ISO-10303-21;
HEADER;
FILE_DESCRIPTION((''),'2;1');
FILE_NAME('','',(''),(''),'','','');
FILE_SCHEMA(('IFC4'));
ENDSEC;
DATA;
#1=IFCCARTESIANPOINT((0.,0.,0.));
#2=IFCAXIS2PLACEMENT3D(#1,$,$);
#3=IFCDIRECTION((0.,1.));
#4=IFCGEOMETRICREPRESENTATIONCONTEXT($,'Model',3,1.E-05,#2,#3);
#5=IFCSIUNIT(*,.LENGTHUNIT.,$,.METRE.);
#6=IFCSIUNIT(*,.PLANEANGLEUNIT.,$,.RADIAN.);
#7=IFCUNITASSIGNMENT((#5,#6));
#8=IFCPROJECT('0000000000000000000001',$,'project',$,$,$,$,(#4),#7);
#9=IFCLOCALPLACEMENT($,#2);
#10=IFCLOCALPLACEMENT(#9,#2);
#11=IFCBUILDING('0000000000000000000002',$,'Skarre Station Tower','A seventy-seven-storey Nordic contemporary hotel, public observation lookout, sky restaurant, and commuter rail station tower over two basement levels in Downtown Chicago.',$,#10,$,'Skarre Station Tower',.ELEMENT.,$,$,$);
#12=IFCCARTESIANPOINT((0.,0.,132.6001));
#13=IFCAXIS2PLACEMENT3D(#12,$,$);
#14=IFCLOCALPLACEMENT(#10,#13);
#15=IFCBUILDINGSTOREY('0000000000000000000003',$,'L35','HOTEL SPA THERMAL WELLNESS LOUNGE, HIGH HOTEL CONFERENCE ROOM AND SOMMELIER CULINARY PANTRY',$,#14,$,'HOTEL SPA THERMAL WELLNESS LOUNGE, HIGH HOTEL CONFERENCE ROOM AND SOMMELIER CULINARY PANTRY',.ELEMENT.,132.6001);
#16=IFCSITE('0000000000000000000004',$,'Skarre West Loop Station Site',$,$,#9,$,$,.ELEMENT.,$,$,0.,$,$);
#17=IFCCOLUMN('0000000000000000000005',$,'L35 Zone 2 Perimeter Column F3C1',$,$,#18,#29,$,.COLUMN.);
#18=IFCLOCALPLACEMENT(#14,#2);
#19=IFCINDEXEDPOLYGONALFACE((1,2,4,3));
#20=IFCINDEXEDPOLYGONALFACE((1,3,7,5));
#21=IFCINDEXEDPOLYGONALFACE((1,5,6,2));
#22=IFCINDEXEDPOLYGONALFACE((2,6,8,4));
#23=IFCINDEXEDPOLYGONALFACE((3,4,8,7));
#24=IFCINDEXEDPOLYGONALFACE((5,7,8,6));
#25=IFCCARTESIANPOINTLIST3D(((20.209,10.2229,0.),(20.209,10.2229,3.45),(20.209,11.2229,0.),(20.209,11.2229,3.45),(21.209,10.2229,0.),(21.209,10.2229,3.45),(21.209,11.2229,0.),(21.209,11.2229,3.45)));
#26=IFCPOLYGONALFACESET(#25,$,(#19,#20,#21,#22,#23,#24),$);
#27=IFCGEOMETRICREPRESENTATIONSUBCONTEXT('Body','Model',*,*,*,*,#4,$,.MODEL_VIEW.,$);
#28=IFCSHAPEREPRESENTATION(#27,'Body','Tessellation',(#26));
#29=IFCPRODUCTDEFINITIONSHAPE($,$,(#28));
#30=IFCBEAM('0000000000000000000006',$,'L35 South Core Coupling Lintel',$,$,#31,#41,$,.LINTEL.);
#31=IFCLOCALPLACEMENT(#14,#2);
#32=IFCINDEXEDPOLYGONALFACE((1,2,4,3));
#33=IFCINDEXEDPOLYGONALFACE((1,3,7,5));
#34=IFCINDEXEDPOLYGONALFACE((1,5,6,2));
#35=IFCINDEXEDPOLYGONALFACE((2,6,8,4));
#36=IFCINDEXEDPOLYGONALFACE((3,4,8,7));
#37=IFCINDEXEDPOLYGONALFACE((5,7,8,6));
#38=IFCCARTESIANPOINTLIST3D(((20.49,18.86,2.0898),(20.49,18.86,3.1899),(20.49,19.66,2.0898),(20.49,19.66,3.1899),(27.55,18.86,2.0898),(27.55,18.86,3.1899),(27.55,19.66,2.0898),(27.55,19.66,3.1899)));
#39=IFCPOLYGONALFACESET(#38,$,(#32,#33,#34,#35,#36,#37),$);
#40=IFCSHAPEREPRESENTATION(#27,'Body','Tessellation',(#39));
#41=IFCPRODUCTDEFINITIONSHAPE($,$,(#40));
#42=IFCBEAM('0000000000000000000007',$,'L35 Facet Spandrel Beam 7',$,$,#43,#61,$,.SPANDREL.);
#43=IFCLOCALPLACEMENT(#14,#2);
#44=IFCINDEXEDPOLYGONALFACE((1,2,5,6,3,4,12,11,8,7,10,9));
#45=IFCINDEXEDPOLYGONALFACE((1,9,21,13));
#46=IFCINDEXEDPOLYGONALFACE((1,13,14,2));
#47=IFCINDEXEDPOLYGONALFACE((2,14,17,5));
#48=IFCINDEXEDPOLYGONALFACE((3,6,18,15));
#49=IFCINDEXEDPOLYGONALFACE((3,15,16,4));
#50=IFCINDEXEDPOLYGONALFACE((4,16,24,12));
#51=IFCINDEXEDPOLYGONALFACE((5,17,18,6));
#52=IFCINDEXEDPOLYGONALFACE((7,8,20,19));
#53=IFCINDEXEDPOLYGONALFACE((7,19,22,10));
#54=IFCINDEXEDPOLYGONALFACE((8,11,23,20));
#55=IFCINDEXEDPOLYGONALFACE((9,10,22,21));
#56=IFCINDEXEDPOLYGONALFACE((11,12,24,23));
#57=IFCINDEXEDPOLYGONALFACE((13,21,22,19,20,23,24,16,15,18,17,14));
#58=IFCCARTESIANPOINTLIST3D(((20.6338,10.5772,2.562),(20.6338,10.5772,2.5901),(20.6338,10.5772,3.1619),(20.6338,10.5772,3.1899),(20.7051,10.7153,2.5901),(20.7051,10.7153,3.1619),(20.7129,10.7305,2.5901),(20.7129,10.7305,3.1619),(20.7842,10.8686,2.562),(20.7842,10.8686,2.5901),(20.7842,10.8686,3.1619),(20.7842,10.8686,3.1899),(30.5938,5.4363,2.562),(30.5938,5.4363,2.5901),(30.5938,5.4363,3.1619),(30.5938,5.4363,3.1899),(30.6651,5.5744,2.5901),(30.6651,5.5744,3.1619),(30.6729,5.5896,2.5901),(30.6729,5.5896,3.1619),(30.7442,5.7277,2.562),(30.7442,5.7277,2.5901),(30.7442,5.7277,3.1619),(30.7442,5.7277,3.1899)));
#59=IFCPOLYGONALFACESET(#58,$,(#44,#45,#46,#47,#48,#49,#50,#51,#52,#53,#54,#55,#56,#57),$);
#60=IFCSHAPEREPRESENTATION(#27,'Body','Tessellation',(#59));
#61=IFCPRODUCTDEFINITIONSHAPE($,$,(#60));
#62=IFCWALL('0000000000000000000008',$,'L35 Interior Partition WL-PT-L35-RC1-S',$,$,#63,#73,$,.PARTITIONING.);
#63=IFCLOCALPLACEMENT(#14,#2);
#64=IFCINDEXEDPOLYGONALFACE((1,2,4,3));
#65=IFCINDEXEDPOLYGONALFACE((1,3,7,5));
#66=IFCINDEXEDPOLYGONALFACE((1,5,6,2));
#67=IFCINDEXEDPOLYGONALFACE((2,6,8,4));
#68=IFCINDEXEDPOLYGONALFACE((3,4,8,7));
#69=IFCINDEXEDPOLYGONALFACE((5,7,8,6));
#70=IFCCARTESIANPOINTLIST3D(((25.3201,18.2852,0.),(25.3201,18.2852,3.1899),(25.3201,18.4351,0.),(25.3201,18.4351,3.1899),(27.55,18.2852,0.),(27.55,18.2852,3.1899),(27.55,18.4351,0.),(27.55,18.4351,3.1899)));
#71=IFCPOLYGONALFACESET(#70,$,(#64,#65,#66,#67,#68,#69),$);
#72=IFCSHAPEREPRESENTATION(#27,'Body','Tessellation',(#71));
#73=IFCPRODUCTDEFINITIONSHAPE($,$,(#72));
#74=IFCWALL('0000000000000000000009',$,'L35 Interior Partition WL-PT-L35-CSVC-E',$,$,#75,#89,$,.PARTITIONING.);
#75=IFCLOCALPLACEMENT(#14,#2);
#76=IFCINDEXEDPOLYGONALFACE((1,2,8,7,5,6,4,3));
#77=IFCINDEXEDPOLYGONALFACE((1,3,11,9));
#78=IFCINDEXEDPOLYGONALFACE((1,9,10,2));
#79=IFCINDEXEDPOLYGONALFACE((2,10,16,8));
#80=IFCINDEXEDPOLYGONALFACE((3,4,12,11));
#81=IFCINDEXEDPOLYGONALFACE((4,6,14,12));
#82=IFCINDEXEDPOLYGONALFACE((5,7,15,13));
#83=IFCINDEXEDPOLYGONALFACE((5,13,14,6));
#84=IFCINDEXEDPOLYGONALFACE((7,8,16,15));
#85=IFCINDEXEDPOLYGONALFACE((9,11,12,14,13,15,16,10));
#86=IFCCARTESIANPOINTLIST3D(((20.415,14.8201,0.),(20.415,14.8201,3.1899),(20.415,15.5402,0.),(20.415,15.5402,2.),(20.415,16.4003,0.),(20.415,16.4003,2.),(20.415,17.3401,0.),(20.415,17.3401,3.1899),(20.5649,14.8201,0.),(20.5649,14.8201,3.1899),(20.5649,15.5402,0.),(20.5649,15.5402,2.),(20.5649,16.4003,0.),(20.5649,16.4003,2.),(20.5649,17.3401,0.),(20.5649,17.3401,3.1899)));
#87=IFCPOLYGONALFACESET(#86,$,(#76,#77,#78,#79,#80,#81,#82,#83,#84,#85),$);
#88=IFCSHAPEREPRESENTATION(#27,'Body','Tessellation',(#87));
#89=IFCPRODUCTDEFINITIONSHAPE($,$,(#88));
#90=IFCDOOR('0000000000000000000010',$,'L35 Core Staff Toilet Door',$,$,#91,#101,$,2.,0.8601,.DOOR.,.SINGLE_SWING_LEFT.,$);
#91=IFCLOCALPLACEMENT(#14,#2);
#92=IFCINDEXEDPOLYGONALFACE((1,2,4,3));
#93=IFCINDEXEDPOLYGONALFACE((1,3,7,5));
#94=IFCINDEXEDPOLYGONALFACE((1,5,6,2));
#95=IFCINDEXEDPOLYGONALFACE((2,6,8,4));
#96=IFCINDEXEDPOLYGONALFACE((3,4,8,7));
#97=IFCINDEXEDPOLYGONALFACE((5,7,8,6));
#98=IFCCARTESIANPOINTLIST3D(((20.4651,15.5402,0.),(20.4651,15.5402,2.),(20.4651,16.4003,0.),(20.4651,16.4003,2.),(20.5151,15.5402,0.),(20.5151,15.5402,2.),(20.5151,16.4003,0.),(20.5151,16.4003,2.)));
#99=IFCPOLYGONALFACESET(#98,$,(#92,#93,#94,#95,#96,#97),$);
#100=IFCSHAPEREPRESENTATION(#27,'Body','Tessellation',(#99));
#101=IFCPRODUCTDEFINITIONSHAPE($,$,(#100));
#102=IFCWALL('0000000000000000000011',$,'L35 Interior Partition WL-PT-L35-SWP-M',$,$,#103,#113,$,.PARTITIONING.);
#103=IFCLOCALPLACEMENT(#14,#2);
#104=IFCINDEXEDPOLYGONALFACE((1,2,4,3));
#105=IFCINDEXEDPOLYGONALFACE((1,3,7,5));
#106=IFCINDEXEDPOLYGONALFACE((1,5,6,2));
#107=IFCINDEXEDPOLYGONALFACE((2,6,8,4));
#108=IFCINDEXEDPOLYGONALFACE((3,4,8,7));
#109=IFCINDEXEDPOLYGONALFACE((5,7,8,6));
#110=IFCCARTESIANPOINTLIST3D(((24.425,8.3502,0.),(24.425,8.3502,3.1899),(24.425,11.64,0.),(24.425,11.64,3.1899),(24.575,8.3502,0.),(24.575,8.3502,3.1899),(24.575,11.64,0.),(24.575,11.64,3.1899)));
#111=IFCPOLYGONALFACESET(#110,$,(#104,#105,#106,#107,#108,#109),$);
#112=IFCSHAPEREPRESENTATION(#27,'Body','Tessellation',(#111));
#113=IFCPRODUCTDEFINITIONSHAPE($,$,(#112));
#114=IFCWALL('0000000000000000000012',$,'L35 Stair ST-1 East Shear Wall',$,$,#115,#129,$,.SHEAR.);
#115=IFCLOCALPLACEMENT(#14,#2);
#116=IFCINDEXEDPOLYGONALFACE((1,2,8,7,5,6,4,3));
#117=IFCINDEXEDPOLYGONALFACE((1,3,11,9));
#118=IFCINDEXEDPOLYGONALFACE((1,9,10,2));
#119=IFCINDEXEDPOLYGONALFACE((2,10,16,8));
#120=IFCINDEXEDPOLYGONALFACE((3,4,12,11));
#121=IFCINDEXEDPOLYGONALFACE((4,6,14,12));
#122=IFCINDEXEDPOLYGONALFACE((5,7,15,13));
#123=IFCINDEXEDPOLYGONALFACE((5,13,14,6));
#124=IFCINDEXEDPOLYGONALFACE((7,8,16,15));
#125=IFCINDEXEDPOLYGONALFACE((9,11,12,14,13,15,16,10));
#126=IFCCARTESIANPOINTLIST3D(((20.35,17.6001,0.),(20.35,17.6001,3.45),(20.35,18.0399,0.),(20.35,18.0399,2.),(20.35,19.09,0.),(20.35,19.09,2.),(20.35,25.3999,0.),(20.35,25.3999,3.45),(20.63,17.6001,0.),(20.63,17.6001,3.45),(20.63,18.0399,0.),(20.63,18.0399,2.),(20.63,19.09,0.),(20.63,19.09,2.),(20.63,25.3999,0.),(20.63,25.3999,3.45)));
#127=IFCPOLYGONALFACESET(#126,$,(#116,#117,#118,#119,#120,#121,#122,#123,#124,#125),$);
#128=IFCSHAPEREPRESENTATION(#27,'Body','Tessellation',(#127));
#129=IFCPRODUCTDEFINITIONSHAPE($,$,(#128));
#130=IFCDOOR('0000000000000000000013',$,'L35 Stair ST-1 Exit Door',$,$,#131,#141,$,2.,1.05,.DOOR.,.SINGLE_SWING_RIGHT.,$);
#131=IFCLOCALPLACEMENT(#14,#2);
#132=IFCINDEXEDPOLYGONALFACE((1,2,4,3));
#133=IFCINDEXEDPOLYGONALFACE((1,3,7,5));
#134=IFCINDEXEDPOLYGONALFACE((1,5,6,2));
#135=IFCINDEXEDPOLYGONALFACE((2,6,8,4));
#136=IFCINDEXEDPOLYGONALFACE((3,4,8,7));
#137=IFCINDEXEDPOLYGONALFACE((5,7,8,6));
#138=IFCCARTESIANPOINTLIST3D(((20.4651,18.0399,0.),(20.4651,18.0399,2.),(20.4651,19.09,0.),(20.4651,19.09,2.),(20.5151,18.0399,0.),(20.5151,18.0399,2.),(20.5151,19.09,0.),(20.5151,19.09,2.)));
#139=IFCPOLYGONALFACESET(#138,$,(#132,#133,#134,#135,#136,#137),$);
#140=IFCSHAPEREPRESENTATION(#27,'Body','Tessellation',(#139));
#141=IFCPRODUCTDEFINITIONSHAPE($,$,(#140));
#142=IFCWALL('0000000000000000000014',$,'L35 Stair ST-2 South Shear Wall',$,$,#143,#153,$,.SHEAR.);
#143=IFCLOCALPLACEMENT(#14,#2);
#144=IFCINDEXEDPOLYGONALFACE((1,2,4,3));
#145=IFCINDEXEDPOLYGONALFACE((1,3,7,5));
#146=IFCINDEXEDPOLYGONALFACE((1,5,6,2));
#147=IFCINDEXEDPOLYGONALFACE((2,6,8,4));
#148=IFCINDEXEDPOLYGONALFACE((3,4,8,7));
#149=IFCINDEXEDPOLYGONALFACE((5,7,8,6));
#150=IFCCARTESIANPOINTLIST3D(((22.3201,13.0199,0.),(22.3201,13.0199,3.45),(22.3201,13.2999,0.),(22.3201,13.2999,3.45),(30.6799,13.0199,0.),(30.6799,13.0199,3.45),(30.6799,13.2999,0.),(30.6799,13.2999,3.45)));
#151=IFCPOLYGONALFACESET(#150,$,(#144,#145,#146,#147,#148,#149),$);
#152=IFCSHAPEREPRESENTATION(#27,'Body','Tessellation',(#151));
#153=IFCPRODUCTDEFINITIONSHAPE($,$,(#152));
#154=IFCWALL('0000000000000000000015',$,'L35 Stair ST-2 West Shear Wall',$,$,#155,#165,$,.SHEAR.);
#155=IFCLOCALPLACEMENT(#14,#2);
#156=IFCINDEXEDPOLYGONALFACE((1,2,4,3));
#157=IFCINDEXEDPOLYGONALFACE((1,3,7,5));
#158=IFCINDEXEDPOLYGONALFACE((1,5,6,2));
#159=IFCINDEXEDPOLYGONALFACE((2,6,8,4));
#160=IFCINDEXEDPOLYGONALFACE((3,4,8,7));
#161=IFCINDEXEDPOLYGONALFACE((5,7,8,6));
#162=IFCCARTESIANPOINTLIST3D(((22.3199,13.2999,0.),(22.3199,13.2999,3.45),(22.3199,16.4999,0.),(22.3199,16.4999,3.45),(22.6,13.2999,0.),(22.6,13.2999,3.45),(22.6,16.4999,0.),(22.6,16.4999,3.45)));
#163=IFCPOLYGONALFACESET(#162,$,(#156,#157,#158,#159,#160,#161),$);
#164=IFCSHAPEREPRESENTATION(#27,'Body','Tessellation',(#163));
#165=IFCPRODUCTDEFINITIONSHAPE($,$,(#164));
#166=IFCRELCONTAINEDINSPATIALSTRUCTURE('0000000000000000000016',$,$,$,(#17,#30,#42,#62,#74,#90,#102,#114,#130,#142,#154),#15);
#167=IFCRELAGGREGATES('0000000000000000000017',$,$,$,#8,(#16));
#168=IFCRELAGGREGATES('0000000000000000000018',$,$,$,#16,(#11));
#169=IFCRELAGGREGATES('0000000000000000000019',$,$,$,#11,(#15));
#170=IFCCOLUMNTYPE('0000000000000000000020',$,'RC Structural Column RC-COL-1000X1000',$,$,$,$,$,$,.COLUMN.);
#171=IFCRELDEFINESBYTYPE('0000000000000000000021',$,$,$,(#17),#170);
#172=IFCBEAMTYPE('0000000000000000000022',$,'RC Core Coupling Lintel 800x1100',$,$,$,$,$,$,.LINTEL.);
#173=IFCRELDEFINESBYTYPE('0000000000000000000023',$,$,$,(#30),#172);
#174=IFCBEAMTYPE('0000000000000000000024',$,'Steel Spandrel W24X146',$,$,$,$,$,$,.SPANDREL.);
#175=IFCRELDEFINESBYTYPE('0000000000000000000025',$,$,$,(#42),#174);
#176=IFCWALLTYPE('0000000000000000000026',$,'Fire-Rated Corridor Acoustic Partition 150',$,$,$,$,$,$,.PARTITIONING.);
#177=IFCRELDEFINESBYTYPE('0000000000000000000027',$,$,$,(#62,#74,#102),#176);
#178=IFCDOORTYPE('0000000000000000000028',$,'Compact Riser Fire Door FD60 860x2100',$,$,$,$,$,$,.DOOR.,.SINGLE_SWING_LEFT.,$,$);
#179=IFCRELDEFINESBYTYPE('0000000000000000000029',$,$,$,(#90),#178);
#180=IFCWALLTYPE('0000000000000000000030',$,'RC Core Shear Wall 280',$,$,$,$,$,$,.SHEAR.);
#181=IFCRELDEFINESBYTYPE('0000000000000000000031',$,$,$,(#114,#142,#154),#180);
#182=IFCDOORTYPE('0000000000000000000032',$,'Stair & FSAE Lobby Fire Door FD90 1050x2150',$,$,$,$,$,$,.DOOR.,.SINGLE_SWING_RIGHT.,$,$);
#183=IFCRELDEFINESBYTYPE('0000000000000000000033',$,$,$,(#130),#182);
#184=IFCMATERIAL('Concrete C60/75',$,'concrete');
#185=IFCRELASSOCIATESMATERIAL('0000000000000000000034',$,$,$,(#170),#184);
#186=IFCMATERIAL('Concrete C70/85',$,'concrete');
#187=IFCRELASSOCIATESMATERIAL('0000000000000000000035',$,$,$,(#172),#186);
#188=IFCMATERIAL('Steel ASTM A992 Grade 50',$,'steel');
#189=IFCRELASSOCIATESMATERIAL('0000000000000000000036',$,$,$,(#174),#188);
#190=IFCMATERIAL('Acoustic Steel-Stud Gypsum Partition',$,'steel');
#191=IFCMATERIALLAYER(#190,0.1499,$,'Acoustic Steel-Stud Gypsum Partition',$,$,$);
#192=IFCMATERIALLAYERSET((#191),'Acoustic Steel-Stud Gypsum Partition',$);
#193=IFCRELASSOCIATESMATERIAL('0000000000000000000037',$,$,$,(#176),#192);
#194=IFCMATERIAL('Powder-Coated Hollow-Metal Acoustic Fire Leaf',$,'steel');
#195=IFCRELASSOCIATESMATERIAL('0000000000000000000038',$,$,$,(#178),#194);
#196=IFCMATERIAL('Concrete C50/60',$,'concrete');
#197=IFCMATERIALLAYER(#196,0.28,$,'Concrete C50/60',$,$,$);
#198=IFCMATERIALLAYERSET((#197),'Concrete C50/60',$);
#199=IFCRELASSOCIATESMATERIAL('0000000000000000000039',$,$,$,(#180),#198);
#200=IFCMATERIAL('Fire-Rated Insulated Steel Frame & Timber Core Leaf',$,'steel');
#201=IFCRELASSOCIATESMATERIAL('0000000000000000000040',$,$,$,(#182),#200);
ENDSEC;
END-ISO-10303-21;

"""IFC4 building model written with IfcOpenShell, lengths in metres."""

from ifc_helpers import new_model, si_unit, direction, frame, frame_2d, origin, origin_2d, place, context, subcontext, project, spatial, rectangle, i_section, extrude, material, layer, layer_set, material_profile, profile_set, type_object, element, fill, save


model = new_model("IFC4")

# Units and contexts
model_context = context("Model", 3, precision=1e-05, world=origin(), true_north=direction((0.0, 1.0)))
body_context = subcontext(model_context, "Body", "Model", "MODEL_VIEW")
ifc_project = project(units=[si_unit("LENGTHUNIT", "METRE"), si_unit("PLANEANGLEUNIT", "RADIAN")], contexts=[model_context])

# Site, building, storey
site_placement = place(None, origin())
site = spatial("IfcSite", under=ifc_project, at=site_placement, Name="Skarre West Loop Station Site", CompositionType="ELEMENT", RefElevation=0.0)
building_placement = place(site_placement, origin())
building = spatial("IfcBuilding", under=site, at=building_placement, Name="Skarre Station Tower", Description="A seventy-seven-storey Nordic contemporary hotel, public observation lookout, sky restaurant, and commuter rail station tower over two basement levels in Downtown Chicago.", LongName="Skarre Station Tower", CompositionType="ELEMENT")
storey_placement = place(building_placement, frame((0.0, 0.0, 132.6001)))
storey = spatial("IfcBuildingStorey", under=building, at=storey_placement, Name="L35", Description="HOTEL SPA THERMAL WELLNESS LOUNGE, HIGH HOTEL CONFERENCE ROOM AND SOMMELIER CULINARY PANTRY", LongName="HOTEL SPA THERMAL WELLNESS LOUNGE, HIGH HOTEL CONFERENCE ROOM AND SOMMELIER CULINARY PANTRY", CompositionType="ELEMENT", Elevation=132.6001)

# Column
ifc_material_1 = material(Name="Concrete C60/75", Category="concrete")
ifc_material_profile_1 = material_profile(ifc_material_1, rectangle(XDim=1.0, YDim=1.0, at=origin_2d()), Name="Concrete C60/75")
ifc_profile_set_1 = profile_set([ifc_material_profile_1], Name="Concrete C60/75")
column_type = type_object("IfcColumnType", Name="RC Structural Column RC-COL-1000X1000", PredefinedType="COLUMN", material=ifc_profile_set_1)
column_placement = place(storey_placement, frame((20.709, 10.7229, 0.0), z_axis=(0.0, 0.0, 1.0), x_axis=(1.0, 0.0, 0.0)))
element("IfcColumn", 1, at=column_placement, inside=storey, type_object=column_type, Name="L35 Zone 2 Perimeter Column F3C1", PredefinedType="COLUMN", context=body_context, shape_type="SweptSolid", body=[
    extrude(rectangle(XDim=1.0, YDim=1.0, at=origin_2d()), origin(), (0.0, 0.0, 1.0), 3.45),
])

# Beams
ifc_material_2 = material(Name="Concrete C70/85", Category="concrete")
ifc_material_profile_2 = material_profile(ifc_material_2, rectangle(XDim=0.8, YDim=1.1001, at=origin_2d()), Name="Concrete C70/85")
ifc_profile_set_2 = profile_set([ifc_material_profile_2], Name="Concrete C70/85")
beam_type_1 = type_object("IfcBeamType", Name="RC Core Coupling Lintel 800x1100", PredefinedType="LINTEL", material=ifc_profile_set_2)
beam_1_placement = place(storey_placement, frame((20.49, 19.26, 2.6399), z_axis=(1.0, 0.0, 0.0), x_axis=(0.0, 1.0, 0.0)))
element("IfcBeam", 2, at=beam_1_placement, inside=storey, type_object=beam_type_1, Name="L35 South Core Coupling Lintel", PredefinedType="LINTEL", context=body_context, shape_type="SweptSolid", body=[
    extrude(rectangle(XDim=0.8, YDim=1.1001, at=origin_2d()), origin(), (0.0, 0.0, 1.0), 7.0601),
])
ifc_material_3 = material(Name="Steel ASTM A992 Grade 50", Category="steel")
ifc_material_profile_3 = material_profile(ifc_material_3, i_section(OverallWidth=0.3279, OverallDepth=0.6279, WebThickness=0.0171, FlangeThickness=0.0281, at=origin_2d()), Name="Steel ASTM A992 Grade 50")
ifc_profile_set_3 = profile_set([ifc_material_profile_3], Name="Steel ASTM A992 Grade 50")
beam_type_2 = type_object("IfcBeamType", Name="Steel Spandrel W24X146", PredefinedType="SPANDREL", material=ifc_profile_set_3)
beam_2_placement = place(storey_placement, frame((20.709, 10.7229, 2.876), z_axis=(0.888612, -0.45866, 0.0), x_axis=(0.45866, 0.888612, 0.0)))
element("IfcBeam", 3, at=beam_2_placement, inside=storey, type_object=beam_type_2, Name="L35 Facet Spandrel Beam 7", PredefinedType="SPANDREL", context=body_context, shape_type="SweptSolid", body=[
    extrude(i_section(OverallWidth=0.3279, OverallDepth=0.6279, WebThickness=0.0171, FlangeThickness=0.0281, at=origin_2d()), origin(), (0.0, 0.0, 1.0), 11.2085),
])

# Wall
ifc_material_4 = material(Name="Acoustic Steel-Stud Gypsum Partition", Category="steel")
ifc_layer_1 = layer(ifc_material_4, 0.1499, Name="Acoustic Steel-Stud Gypsum Partition")
ifc_layer_set_1 = layer_set([ifc_layer_1], Name="Acoustic Steel-Stud Gypsum Partition")
wall_type_1 = type_object("IfcWallType", Name="Fire-Rated Corridor Acoustic Partition 150", PredefinedType="PARTITIONING", material=ifc_layer_set_1)
wall_1_placement = place(storey_placement, frame((25.3201, 18.3601, 0.0), z_axis=(0.0, 0.0, 1.0), x_axis=(1.0, 0.0, 0.0)))
element("IfcWall", 4, at=wall_1_placement, inside=storey, type_object=wall_type_1, Name="L35 Interior Partition WL-PT-L35-RC1-S", PredefinedType="PARTITIONING", context=body_context, shape_type="SweptSolid", body=[
    extrude(rectangle(XDim=2.23, YDim=0.1499, at=frame_2d((1.115, 0.0))), origin(), (0.0, 0.0, 1.0), 3.1899),
])

# Wall, opening, door
wall_2_placement = place(storey_placement, frame((20.49, 14.8201, 0.0), z_axis=(0.0, 0.0, 1.0), x_axis=(0.0, 1.0, 0.0)))
wall_2 = element("IfcWall", 5, at=wall_2_placement, inside=storey, type_object=wall_type_1, Name="L35 Interior Partition WL-PT-L35-CSVC-E", PredefinedType="PARTITIONING", context=body_context, shape_type="SweptSolid", body=[
    extrude(rectangle(XDim=2.52, YDim=0.1499, at=frame_2d((1.26, 0.0))), origin(), (0.0, 0.0, 1.0), 3.1899),
])
opening_1_placement = place(wall_2_placement, frame((0.72, 0.0, 0.0)))
opening_1 = element("IfcOpeningElement", 6, at=opening_1_placement, cuts=wall_2, PredefinedType="OPENING", context=body_context, shape_type="SweptSolid", body=[
    extrude(rectangle(XDim=0.8601, YDim=2.0, at=frame_2d((0.4302, 1.0))), frame((0.0, 0.085, 0.0), z_axis=(0.0, -1.0, 0.0), x_axis=(1.0, 0.0, 0.0)), (0.0, 0.0, 1.0), 0.1699),
])
ifc_material_5 = material(Name="Powder-Coated Hollow-Metal Acoustic Fire Leaf", Category="steel")
door_type_1 = type_object("IfcDoorType", Name="Compact Riser Fire Door FD60 860x2100", OperationType="SINGLE_SWING_LEFT", PredefinedType="DOOR", material=ifc_material_5)
door_1_placement = place(opening_1_placement, origin())
door_1 = element("IfcDoor", 7, at=door_1_placement, inside=storey, type_object=door_type_1, Name="L35 Core Staff Toilet Door", OperationType="SINGLE_SWING_LEFT", OverallHeight=2.0, OverallWidth=0.8601, PredefinedType="DOOR", context=body_context, shape_type="SweptSolid", body=[
    extrude(rectangle(XDim=0.8601, YDim=2.0, at=frame_2d((0.4302, 1.0))), frame((0.0, 0.0249, 0.0), z_axis=(0.0, -1.0, 0.0), x_axis=(1.0, 0.0, 0.0)), (0.0, 0.0, 1.0), 0.05),
])
fill(opening_1, door_1)

# Wall
wall_3_placement = place(storey_placement, frame((24.5, 8.3501, 0.0), z_axis=(0.0, 0.0, 1.0), x_axis=(0.0, 1.0, 0.0)))
element("IfcWall", 8, at=wall_3_placement, inside=storey, type_object=wall_type_1, Name="L35 Interior Partition WL-PT-L35-SWP-M", PredefinedType="PARTITIONING", context=body_context, shape_type="SweptSolid", body=[
    extrude(rectangle(XDim=3.2898, YDim=0.1499, at=frame_2d((1.645, 0.0))), origin(), (0.0, 0.0, 1.0), 3.1899),
])

# Wall, opening, door
ifc_material_6 = material(Name="Concrete C50/60", Category="concrete")
ifc_layer_2 = layer(ifc_material_6, 0.28, Name="Concrete C50/60")
ifc_layer_set_2 = layer_set([ifc_layer_2], Name="Concrete C50/60")
wall_type_2 = type_object("IfcWallType", Name="RC Core Shear Wall 280", PredefinedType="SHEAR", material=ifc_layer_set_2)
wall_4_placement = place(storey_placement, frame((20.49, 17.6001, 0.0), z_axis=(0.0, 0.0, 1.0), x_axis=(0.0, 1.0, 0.0)))
wall_4 = element("IfcWall", 9, at=wall_4_placement, inside=storey, type_object=wall_type_2, Name="L35 Stair ST-1 East Shear Wall", PredefinedType="SHEAR", context=body_context, shape_type="SweptSolid", body=[
    extrude(rectangle(XDim=7.7998, YDim=0.28, at=frame_2d((3.8999, 0.0))), origin(), (0.0, 0.0, 1.0), 3.45),
])
opening_2_placement = place(wall_4_placement, frame((0.4399, 0.0, 0.0)))
opening_2 = element("IfcOpeningElement", 10, at=opening_2_placement, cuts=wall_4, PredefinedType="OPENING", context=body_context, shape_type="SweptSolid", body=[
    extrude(rectangle(XDim=1.05, YDim=2.0, at=frame_2d((0.5249, 1.0))), frame((0.0, 0.1499, 0.0), z_axis=(0.0, -1.0, 0.0), x_axis=(1.0, 0.0, 0.0)), (0.0, 0.0, 1.0), 0.3),
])
ifc_material_7 = material(Name="Fire-Rated Insulated Steel Frame & Timber Core Leaf", Category="steel")
door_type_2 = type_object("IfcDoorType", Name="Stair & FSAE Lobby Fire Door FD90 1050x2150", OperationType="SINGLE_SWING_RIGHT", PredefinedType="DOOR", material=ifc_material_7)
door_2_placement = place(opening_2_placement, origin())
door_2 = element("IfcDoor", 11, at=door_2_placement, inside=storey, type_object=door_type_2, Name="L35 Stair ST-1 Exit Door", OperationType="SINGLE_SWING_RIGHT", OverallHeight=2.0, OverallWidth=1.05, PredefinedType="DOOR", context=body_context, shape_type="SweptSolid", body=[
    extrude(rectangle(XDim=1.05, YDim=2.0, at=frame_2d((0.5249, 1.0))), frame((0.0, 0.0249, 0.0), z_axis=(0.0, -1.0, 0.0), x_axis=(1.0, 0.0, 0.0)), (0.0, 0.0, 1.0), 0.05),
])
fill(opening_2, door_2)

# Walls
wall_5_placement = place(storey_placement, frame((22.3201, 13.1599, 0.0), z_axis=(0.0, 0.0, 1.0), x_axis=(1.0, 0.0, 0.0)))
element("IfcWall", 12, at=wall_5_placement, inside=storey, type_object=wall_type_2, Name="L35 Stair ST-2 South Shear Wall", PredefinedType="SHEAR", context=body_context, shape_type="SweptSolid", body=[
    extrude(rectangle(XDim=8.3599, YDim=0.28, at=frame_2d((4.1799, 0.0))), origin(), (0.0, 0.0, 1.0), 3.45),
])
wall_6_placement = place(storey_placement, frame((22.46, 16.5, 0.0), z_axis=(0.0, 0.0, 1.0), x_axis=(0.0, -1.0, 0.0)))
element("IfcWall", 13, at=wall_6_placement, inside=storey, type_object=wall_type_2, Name="L35 Stair ST-2 West Shear Wall", PredefinedType="SHEAR", context=body_context, shape_type="SweptSolid", body=[
    extrude(rectangle(XDim=3.2, YDim=0.28, at=frame_2d((1.6001, 0.0))), origin(), (0.0, 0.0, 1.0), 3.45),
])

save(model, "model.ifc")
